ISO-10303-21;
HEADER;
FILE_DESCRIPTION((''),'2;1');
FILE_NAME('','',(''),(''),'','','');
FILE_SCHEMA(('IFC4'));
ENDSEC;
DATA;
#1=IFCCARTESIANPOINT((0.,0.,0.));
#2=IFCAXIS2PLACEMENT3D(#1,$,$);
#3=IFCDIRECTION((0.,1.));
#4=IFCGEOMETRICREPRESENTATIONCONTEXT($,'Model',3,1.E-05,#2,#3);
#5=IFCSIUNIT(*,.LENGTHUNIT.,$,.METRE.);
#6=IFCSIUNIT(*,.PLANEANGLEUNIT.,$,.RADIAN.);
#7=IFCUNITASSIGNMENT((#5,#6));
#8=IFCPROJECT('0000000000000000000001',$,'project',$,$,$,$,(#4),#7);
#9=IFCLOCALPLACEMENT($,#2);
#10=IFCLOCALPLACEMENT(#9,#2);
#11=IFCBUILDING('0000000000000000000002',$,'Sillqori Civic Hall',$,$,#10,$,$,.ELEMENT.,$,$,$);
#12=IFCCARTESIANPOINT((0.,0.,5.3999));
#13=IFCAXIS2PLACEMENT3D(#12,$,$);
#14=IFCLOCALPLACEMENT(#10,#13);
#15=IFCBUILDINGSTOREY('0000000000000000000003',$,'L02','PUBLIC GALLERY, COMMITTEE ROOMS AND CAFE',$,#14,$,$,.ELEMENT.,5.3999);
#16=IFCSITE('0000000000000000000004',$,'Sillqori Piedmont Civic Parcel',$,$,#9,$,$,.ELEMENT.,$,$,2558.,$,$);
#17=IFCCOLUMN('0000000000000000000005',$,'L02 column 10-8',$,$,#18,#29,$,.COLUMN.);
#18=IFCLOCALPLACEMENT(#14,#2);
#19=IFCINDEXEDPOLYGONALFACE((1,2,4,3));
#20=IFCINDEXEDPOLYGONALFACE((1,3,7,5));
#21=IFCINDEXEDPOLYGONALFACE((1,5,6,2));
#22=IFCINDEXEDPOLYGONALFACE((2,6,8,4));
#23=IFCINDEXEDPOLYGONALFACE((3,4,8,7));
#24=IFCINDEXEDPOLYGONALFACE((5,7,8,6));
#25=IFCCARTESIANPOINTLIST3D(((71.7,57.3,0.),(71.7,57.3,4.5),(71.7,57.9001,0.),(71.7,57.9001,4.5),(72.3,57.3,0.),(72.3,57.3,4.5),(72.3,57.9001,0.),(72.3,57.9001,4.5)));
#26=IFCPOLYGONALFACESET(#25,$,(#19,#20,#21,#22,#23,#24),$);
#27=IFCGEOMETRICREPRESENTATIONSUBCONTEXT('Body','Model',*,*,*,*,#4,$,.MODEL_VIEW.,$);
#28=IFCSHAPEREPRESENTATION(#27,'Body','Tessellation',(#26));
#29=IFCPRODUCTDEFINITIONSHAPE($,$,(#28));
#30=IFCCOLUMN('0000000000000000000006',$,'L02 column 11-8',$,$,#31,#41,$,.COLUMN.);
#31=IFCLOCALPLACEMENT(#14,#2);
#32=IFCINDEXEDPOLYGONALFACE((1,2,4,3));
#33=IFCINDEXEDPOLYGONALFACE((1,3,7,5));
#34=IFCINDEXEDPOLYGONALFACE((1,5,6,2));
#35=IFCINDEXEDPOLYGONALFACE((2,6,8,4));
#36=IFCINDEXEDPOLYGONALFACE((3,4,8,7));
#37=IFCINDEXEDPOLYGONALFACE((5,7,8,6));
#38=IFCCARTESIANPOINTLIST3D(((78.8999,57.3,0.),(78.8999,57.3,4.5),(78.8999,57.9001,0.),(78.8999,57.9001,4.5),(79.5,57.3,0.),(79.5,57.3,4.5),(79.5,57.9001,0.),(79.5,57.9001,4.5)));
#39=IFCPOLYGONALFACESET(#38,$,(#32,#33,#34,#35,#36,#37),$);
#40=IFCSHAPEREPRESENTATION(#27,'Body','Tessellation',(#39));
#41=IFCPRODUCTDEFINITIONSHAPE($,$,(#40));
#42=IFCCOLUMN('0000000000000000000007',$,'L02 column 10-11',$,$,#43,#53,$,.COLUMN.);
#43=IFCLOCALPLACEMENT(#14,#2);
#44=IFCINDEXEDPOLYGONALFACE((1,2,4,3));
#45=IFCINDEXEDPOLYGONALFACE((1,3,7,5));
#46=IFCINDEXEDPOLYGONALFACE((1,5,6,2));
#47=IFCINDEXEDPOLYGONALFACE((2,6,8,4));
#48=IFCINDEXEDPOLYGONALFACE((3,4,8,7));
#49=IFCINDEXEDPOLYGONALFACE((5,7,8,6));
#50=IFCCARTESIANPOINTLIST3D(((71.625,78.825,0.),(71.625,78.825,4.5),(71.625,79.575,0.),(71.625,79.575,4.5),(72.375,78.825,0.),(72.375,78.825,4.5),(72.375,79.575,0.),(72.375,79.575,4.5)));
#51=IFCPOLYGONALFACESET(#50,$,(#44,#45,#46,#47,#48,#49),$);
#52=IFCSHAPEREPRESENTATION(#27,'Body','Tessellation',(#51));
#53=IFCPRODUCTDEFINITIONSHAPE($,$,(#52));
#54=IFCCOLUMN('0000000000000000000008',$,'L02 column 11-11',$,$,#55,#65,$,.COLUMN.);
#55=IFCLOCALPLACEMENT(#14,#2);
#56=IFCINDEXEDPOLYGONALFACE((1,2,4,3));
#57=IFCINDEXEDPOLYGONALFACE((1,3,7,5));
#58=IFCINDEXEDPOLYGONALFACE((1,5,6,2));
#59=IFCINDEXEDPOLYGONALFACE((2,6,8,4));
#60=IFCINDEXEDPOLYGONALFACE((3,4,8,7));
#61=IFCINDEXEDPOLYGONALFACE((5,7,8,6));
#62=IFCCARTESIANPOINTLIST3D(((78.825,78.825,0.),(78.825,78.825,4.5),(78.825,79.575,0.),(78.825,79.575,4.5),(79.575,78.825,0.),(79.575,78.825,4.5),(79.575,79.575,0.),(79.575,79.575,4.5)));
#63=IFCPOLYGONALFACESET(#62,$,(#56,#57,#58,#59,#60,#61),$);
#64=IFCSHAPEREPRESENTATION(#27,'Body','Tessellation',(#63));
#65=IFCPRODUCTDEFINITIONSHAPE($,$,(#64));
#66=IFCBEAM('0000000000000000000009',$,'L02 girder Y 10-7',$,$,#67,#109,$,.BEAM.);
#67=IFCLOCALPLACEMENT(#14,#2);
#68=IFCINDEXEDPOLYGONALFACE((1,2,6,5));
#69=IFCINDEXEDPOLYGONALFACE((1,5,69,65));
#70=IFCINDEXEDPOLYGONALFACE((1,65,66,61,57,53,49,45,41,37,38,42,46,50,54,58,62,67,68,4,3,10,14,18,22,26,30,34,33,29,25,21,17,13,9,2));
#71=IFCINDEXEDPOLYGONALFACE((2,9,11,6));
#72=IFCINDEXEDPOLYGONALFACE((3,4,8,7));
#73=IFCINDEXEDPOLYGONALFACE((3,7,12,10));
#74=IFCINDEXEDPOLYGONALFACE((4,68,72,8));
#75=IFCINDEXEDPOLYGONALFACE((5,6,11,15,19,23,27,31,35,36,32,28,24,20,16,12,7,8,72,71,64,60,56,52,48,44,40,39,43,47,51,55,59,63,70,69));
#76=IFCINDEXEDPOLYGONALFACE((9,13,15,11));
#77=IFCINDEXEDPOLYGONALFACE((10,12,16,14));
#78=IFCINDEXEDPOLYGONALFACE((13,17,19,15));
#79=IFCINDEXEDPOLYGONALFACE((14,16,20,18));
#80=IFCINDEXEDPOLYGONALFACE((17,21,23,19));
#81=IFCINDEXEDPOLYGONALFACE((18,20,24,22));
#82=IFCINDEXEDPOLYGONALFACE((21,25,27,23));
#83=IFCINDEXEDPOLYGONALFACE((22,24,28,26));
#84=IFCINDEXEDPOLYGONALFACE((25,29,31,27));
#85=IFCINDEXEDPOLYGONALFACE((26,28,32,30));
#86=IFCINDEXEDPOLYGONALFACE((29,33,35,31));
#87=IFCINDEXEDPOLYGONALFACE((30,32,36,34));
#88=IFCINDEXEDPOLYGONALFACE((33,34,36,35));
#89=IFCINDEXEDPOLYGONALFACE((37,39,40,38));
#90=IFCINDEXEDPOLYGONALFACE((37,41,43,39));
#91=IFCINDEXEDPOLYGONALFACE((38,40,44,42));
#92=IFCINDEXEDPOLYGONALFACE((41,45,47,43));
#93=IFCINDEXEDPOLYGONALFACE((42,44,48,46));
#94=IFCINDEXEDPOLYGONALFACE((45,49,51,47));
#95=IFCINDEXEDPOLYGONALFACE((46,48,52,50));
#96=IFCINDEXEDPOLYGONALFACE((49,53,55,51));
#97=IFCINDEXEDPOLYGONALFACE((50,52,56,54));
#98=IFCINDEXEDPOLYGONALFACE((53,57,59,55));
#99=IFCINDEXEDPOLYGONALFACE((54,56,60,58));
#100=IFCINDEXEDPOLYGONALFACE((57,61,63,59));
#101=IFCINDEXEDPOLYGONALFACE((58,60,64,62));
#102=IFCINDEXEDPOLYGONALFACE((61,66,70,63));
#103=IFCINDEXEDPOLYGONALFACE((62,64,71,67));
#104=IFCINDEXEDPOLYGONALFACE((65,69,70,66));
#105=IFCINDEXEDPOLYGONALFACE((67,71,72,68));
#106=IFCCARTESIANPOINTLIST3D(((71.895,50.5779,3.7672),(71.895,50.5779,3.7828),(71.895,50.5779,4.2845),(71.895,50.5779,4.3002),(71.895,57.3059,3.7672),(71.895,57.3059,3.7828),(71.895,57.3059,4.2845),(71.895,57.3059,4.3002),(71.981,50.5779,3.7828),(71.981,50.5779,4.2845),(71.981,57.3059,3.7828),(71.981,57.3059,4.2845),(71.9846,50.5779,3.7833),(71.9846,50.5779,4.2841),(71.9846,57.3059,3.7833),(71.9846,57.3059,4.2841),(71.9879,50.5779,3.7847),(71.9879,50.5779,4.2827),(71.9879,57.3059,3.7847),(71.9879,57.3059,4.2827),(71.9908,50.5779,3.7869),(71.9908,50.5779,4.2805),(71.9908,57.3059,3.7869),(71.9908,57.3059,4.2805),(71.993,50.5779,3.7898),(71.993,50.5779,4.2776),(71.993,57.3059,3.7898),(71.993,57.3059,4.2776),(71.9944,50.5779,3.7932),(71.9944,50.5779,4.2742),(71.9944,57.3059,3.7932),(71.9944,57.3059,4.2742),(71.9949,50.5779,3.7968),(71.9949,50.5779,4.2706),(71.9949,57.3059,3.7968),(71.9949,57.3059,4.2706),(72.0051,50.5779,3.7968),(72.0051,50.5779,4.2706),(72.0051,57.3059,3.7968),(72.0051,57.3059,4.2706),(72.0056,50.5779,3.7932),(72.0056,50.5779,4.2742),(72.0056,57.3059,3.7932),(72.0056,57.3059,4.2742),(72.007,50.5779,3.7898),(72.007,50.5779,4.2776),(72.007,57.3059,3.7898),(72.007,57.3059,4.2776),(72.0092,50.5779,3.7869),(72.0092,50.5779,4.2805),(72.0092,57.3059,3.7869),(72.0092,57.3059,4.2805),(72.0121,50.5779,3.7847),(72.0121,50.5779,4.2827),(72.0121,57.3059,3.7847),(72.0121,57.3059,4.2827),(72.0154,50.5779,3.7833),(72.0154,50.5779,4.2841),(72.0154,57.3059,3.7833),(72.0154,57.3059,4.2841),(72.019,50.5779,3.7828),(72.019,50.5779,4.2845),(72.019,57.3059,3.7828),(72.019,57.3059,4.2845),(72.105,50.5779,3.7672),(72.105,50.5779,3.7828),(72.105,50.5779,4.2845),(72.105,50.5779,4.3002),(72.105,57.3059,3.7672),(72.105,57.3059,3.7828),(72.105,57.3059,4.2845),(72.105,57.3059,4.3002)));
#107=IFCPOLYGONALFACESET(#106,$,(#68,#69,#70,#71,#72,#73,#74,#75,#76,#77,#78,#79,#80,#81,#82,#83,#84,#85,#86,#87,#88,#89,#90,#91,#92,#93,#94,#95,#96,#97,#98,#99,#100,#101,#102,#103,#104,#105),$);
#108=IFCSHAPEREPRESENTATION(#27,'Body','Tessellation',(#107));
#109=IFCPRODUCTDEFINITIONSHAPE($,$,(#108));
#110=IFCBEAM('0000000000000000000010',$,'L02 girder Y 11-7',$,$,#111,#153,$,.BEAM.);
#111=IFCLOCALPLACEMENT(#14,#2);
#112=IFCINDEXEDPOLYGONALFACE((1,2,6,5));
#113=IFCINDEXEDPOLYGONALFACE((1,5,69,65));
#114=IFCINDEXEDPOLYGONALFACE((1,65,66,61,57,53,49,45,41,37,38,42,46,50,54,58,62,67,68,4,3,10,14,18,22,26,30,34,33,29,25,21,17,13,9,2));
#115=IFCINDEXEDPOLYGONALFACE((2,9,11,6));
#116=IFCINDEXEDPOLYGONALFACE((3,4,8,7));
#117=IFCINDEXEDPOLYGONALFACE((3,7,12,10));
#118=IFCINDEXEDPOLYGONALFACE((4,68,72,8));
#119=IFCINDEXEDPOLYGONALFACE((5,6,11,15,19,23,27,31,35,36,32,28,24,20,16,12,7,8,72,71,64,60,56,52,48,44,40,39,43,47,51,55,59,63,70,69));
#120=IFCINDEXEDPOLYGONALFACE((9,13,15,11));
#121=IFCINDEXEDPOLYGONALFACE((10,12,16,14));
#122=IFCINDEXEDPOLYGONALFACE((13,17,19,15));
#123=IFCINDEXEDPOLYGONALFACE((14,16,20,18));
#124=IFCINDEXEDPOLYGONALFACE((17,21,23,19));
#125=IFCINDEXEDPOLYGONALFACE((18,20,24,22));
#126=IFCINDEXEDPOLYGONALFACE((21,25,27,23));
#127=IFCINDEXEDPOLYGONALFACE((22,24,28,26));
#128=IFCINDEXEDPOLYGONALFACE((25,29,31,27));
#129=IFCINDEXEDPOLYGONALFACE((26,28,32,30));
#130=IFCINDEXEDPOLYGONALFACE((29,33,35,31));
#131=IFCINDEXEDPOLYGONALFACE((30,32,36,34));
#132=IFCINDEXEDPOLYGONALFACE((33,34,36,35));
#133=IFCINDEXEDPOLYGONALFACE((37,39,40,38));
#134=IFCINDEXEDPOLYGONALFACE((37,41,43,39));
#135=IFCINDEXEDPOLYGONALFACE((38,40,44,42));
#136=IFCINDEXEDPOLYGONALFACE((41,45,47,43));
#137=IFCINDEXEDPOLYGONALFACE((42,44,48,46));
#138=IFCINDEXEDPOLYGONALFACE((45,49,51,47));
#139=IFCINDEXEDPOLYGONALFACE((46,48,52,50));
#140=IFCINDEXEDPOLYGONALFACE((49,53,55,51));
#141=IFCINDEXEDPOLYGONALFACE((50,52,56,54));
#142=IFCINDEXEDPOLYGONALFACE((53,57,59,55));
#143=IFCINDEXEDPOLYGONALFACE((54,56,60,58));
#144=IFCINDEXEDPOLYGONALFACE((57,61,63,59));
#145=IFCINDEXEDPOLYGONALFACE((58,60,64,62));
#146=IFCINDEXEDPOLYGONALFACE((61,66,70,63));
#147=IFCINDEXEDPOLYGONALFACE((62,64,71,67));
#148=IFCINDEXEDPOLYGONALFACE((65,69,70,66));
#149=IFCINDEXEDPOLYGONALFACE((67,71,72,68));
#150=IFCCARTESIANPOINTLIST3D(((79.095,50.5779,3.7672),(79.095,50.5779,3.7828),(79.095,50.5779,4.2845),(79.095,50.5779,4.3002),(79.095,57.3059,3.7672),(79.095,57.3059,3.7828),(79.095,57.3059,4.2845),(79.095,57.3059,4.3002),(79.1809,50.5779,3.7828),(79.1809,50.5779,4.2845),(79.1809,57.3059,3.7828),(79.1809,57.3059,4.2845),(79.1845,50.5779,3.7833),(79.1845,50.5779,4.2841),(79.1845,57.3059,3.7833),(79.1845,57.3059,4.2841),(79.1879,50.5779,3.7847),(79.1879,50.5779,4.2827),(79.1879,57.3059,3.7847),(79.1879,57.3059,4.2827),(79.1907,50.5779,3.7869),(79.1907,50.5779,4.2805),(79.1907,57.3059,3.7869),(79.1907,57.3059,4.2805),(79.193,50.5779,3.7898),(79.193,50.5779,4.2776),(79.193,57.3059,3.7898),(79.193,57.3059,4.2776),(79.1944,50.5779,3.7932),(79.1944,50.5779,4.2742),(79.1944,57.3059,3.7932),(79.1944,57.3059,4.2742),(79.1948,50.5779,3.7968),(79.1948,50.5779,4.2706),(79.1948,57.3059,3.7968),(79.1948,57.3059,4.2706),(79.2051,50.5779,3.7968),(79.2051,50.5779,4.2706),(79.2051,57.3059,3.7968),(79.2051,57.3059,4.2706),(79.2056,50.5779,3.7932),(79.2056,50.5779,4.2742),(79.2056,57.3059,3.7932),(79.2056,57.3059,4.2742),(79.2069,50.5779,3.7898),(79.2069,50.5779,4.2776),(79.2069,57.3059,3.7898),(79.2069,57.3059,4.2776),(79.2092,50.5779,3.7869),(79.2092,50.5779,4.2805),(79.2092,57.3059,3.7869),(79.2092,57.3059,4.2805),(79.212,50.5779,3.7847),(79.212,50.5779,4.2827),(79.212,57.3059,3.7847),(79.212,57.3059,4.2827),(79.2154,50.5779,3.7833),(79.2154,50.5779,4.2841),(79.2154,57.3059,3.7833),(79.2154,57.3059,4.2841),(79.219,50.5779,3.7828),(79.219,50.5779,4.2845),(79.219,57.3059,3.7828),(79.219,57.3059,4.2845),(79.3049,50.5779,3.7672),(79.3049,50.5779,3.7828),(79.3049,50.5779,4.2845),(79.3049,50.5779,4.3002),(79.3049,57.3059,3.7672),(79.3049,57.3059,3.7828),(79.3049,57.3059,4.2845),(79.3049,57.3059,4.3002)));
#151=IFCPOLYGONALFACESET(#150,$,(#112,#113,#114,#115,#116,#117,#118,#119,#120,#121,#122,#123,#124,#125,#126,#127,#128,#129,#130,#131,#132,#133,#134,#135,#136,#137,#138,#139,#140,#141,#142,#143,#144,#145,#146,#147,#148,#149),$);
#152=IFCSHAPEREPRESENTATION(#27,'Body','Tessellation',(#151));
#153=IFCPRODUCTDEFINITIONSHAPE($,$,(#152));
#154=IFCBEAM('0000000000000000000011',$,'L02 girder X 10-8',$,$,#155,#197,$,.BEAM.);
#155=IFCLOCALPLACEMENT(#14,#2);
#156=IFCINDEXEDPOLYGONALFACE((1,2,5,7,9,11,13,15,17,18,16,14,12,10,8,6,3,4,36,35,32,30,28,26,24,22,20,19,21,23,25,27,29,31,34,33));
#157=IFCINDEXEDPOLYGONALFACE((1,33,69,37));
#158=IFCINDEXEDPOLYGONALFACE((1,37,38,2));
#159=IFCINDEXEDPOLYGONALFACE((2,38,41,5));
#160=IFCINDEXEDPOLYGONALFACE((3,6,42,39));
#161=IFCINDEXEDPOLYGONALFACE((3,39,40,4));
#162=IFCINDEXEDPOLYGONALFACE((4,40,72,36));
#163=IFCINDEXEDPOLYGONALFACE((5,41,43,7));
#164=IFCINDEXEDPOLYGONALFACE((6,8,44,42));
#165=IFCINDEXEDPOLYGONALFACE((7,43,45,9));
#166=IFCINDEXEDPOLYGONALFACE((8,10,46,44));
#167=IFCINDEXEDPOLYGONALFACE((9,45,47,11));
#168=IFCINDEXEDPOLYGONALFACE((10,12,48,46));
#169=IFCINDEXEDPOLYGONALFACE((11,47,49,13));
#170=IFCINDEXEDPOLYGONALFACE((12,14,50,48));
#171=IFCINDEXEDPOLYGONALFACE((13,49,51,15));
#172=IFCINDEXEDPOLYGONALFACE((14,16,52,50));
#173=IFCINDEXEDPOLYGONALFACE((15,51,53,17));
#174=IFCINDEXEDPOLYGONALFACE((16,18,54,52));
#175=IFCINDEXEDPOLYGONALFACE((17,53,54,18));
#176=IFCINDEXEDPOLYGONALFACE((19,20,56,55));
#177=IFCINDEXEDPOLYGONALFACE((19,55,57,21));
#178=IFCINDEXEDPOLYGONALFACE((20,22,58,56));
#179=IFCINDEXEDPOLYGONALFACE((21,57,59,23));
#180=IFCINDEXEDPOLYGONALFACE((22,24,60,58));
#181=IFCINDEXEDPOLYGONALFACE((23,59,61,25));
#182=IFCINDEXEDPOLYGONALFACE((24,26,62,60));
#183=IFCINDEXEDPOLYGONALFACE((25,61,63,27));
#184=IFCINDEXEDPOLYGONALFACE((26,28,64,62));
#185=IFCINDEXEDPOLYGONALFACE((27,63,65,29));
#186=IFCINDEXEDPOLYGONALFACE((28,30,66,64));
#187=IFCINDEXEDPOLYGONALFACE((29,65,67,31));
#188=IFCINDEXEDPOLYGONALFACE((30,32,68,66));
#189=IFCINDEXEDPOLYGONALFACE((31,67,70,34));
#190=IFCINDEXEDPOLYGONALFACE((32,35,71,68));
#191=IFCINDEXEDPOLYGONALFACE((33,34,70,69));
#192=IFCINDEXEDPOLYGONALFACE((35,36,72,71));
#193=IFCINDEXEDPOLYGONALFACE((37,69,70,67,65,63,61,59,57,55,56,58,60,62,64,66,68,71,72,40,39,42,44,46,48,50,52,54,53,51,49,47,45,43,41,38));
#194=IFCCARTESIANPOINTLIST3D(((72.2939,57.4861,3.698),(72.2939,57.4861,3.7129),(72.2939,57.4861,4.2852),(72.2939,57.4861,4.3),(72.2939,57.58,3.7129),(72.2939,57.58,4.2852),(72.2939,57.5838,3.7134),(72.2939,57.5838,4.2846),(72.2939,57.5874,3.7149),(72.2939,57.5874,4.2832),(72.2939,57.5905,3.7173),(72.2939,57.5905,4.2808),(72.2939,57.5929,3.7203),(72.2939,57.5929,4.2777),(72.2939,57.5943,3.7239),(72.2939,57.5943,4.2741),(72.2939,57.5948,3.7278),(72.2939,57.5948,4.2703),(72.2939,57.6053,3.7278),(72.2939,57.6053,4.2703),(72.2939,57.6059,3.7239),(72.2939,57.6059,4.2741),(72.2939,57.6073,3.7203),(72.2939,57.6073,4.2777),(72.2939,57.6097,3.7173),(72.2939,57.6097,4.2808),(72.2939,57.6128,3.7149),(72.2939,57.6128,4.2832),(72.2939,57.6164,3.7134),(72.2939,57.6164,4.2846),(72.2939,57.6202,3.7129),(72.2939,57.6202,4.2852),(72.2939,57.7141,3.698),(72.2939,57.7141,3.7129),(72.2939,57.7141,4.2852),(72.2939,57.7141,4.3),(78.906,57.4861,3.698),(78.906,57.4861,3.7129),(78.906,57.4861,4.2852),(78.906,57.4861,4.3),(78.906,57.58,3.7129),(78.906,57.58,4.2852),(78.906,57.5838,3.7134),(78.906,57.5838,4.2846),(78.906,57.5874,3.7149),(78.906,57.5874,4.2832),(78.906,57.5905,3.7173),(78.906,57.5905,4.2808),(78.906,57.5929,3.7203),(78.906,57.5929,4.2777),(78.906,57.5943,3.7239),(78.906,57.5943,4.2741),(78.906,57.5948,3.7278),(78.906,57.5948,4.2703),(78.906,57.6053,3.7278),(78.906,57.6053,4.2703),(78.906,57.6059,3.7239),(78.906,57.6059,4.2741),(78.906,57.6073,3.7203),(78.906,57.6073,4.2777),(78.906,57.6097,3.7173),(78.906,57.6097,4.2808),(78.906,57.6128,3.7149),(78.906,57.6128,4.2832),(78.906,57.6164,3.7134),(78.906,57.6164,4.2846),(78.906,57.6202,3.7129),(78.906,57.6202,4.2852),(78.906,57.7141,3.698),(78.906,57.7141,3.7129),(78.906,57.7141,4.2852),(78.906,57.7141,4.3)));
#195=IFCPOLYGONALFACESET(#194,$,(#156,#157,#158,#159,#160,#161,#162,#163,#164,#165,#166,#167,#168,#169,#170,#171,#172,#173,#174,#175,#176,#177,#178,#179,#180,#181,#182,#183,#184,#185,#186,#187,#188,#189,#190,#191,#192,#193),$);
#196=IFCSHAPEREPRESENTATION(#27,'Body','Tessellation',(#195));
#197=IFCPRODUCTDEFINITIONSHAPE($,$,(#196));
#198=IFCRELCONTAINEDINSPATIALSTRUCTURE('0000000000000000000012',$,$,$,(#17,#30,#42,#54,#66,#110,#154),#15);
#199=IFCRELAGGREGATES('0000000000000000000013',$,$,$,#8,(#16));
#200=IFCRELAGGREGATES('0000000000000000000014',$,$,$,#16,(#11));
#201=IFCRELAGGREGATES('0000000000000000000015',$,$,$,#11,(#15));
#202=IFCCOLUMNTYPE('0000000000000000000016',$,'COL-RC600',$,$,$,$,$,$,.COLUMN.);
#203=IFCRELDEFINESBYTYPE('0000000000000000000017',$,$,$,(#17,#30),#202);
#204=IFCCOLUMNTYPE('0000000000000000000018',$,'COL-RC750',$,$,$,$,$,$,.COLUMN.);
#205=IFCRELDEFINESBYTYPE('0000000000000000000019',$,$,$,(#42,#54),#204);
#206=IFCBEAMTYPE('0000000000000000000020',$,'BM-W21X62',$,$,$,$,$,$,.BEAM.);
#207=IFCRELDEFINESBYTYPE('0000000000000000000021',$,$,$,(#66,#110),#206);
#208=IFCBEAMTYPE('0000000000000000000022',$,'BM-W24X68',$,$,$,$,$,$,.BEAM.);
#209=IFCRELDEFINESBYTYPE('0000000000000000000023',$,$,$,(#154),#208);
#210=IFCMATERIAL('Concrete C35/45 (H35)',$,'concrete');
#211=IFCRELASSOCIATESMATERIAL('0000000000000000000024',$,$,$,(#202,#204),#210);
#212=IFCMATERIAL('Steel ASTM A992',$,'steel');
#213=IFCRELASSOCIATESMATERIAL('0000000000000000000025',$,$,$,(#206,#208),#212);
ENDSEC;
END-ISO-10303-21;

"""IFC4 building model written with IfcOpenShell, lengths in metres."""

from ifc_helpers import new_model, si_unit, direction, frame, origin, origin_2d, place, context, subcontext, project, spatial, rectangle, i_section, extrude, material, material_profile, profile_set, type_object, element, save


model = new_model("IFC4")

# Units and contexts
model_context = context("Model", 3, precision=1e-05, world=origin(), true_north=direction((0.0, 1.0)))
body_context = subcontext(model_context, "Body", "Model", "MODEL_VIEW")
ifc_project = project(units=[si_unit("LENGTHUNIT", "METRE"), si_unit("PLANEANGLEUNIT", "RADIAN")], contexts=[model_context])

# Site, building, storey
site_placement = place(None, origin())
site = spatial("IfcSite", under=ifc_project, at=site_placement, Name="Sillqori Piedmont Civic Parcel", CompositionType="ELEMENT", RefElevation=2558.0)
building_placement = place(site_placement, origin())
building = spatial("IfcBuilding", under=site, at=building_placement, Name="Sillqori Civic Hall", CompositionType="ELEMENT")
storey_placement = place(building_placement, frame((0.0, 0.0, 5.3999)))
storey = spatial("IfcBuildingStorey", under=building, at=storey_placement, Name="L02", Description="PUBLIC GALLERY, COMMITTEE ROOMS AND CAFE", CompositionType="ELEMENT", Elevation=5.3999)

# Columns
ifc_material_1 = material(Name="Concrete C35/45 (H35)", Category="concrete")
ifc_material_profile_1 = material_profile(ifc_material_1, rectangle(XDim=0.6001, YDim=0.6001, at=origin_2d()), Name="RC 600x600")
ifc_profile_set_1 = profile_set([ifc_material_profile_1], Name="Concrete C35/45 (H35)")
column_type_1 = type_object("IfcColumnType", Name="COL-RC600", PredefinedType="COLUMN", material=ifc_profile_set_1)
for number, where, z_axis, x_axis, name in (
    (1, (72.0, 57.6001, 0.0), (0.0, 0.0, 1.0), (1.0, 0.0, 0.0), "L02 column 10-8"),
    (2, (79.2, 57.6001, 0.0), (0.0, 0.0, 1.0), (1.0, 0.0, 0.0), "L02 column 11-8"),
):
    element("IfcColumn", number, at=place(storey_placement, frame(where, z_axis=z_axis, x_axis=x_axis)), inside=storey, type_object=column_type_1, Name=name, PredefinedType="COLUMN", context=body_context, shape_type="SweptSolid", body=[
        extrude(rectangle(XDim=0.6001, YDim=0.6001, at=origin_2d()), origin(), (0.0, 0.0, 1.0), 4.5),
    ])
ifc_material_profile_2 = material_profile(ifc_material_1, rectangle(XDim=0.75, YDim=0.75, at=origin_2d()), Name="RC 750x750")
ifc_profile_set_2 = profile_set([ifc_material_profile_2], Name="Concrete C35/45 (H35)")
column_type_2 = type_object("IfcColumnType", Name="COL-RC750", PredefinedType="COLUMN", material=ifc_profile_set_2)
for number, where, z_axis, x_axis, name in (
    (3, (72.0, 79.2, 0.0), (0.0, 0.0, 1.0), (1.0, 0.0, 0.0), "L02 column 10-11"),
    (4, (79.2, 79.2, 0.0), (0.0, 0.0, 1.0), (1.0, 0.0, 0.0), "L02 column 11-11"),
):
    element("IfcColumn", number, at=place(storey_placement, frame(where, z_axis=z_axis, x_axis=x_axis)), inside=storey, type_object=column_type_2, Name=name, PredefinedType="COLUMN", context=body_context, shape_type="SweptSolid", body=[
        extrude(rectangle(XDim=0.75, YDim=0.75, at=origin_2d()), origin(), (0.0, 0.0, 1.0), 4.5),
    ])

# Beams
ifc_material_2 = material(Name="Steel ASTM A992", Category="steel")
ifc_material_profile_3 = material_profile(ifc_material_2, i_section(OverallWidth=0.21, OverallDepth=0.533, WebThickness=0.0103, FlangeThickness=0.0156, FilletRadius=0.0139, at=origin_2d()), Name="W21X62")
ifc_profile_set_3 = profile_set([ifc_material_profile_3], Name="Steel ASTM A992")
beam_type_1 = type_object("IfcBeamType", Name="BM-W21X62", PredefinedType="BEAM", material=ifc_profile_set_3)
for number, where, z_axis, x_axis, name in (
    (5, (72.0, 50.5779, 4.0337), (0.0, 1.0, 0.0), (-1.0, 0.0, 0.0), "L02 girder Y 10-7"),
    (6, (79.2, 50.5779, 4.0337), (0.0, 1.0, 0.0), (-1.0, 0.0, 0.0), "L02 girder Y 11-7"),
):
    element("IfcBeam", number, at=place(storey_placement, frame(where, z_axis=z_axis, x_axis=x_axis)), inside=storey, type_object=beam_type_1, Name=name, PredefinedType="BEAM", context=body_context, shape_type="SweptSolid", body=[
        extrude(i_section(OverallWidth=0.21, OverallDepth=0.533, WebThickness=0.0103, FlangeThickness=0.0156, FilletRadius=0.0139, at=origin_2d()), origin(), (0.0, 0.0, 1.0), 6.728),
    ])
ifc_material_profile_4 = material_profile(ifc_material_2, i_section(OverallWidth=0.228, OverallDepth=0.6021, WebThickness=0.0105, FlangeThickness=0.0149, FilletRadius=0.0149, at=origin_2d()), Name="W24X68")
ifc_profile_set_4 = profile_set([ifc_material_profile_4], Name="Steel ASTM A992")
beam_type_2 = type_object("IfcBeamType", Name="BM-W24X68", PredefinedType="BEAM", material=ifc_profile_set_4)
beam_1_placement = place(storey_placement, frame((72.2939, 57.6001, 3.999), z_axis=(1.0, 0.0, 0.0), x_axis=(0.0, 1.0, 0.0)))
element("IfcBeam", 7, at=beam_1_placement, inside=storey, type_object=beam_type_2, Name="L02 girder X 10-8", PredefinedType="BEAM", context=body_context, shape_type="SweptSolid", body=[
    extrude(i_section(OverallWidth=0.228, OverallDepth=0.6021, WebThickness=0.0105, FlangeThickness=0.0149, FilletRadius=0.0149, at=origin_2d()), origin(), (0.0, 0.0, 1.0), 6.6121),
])

save(model, "model.ifc")
